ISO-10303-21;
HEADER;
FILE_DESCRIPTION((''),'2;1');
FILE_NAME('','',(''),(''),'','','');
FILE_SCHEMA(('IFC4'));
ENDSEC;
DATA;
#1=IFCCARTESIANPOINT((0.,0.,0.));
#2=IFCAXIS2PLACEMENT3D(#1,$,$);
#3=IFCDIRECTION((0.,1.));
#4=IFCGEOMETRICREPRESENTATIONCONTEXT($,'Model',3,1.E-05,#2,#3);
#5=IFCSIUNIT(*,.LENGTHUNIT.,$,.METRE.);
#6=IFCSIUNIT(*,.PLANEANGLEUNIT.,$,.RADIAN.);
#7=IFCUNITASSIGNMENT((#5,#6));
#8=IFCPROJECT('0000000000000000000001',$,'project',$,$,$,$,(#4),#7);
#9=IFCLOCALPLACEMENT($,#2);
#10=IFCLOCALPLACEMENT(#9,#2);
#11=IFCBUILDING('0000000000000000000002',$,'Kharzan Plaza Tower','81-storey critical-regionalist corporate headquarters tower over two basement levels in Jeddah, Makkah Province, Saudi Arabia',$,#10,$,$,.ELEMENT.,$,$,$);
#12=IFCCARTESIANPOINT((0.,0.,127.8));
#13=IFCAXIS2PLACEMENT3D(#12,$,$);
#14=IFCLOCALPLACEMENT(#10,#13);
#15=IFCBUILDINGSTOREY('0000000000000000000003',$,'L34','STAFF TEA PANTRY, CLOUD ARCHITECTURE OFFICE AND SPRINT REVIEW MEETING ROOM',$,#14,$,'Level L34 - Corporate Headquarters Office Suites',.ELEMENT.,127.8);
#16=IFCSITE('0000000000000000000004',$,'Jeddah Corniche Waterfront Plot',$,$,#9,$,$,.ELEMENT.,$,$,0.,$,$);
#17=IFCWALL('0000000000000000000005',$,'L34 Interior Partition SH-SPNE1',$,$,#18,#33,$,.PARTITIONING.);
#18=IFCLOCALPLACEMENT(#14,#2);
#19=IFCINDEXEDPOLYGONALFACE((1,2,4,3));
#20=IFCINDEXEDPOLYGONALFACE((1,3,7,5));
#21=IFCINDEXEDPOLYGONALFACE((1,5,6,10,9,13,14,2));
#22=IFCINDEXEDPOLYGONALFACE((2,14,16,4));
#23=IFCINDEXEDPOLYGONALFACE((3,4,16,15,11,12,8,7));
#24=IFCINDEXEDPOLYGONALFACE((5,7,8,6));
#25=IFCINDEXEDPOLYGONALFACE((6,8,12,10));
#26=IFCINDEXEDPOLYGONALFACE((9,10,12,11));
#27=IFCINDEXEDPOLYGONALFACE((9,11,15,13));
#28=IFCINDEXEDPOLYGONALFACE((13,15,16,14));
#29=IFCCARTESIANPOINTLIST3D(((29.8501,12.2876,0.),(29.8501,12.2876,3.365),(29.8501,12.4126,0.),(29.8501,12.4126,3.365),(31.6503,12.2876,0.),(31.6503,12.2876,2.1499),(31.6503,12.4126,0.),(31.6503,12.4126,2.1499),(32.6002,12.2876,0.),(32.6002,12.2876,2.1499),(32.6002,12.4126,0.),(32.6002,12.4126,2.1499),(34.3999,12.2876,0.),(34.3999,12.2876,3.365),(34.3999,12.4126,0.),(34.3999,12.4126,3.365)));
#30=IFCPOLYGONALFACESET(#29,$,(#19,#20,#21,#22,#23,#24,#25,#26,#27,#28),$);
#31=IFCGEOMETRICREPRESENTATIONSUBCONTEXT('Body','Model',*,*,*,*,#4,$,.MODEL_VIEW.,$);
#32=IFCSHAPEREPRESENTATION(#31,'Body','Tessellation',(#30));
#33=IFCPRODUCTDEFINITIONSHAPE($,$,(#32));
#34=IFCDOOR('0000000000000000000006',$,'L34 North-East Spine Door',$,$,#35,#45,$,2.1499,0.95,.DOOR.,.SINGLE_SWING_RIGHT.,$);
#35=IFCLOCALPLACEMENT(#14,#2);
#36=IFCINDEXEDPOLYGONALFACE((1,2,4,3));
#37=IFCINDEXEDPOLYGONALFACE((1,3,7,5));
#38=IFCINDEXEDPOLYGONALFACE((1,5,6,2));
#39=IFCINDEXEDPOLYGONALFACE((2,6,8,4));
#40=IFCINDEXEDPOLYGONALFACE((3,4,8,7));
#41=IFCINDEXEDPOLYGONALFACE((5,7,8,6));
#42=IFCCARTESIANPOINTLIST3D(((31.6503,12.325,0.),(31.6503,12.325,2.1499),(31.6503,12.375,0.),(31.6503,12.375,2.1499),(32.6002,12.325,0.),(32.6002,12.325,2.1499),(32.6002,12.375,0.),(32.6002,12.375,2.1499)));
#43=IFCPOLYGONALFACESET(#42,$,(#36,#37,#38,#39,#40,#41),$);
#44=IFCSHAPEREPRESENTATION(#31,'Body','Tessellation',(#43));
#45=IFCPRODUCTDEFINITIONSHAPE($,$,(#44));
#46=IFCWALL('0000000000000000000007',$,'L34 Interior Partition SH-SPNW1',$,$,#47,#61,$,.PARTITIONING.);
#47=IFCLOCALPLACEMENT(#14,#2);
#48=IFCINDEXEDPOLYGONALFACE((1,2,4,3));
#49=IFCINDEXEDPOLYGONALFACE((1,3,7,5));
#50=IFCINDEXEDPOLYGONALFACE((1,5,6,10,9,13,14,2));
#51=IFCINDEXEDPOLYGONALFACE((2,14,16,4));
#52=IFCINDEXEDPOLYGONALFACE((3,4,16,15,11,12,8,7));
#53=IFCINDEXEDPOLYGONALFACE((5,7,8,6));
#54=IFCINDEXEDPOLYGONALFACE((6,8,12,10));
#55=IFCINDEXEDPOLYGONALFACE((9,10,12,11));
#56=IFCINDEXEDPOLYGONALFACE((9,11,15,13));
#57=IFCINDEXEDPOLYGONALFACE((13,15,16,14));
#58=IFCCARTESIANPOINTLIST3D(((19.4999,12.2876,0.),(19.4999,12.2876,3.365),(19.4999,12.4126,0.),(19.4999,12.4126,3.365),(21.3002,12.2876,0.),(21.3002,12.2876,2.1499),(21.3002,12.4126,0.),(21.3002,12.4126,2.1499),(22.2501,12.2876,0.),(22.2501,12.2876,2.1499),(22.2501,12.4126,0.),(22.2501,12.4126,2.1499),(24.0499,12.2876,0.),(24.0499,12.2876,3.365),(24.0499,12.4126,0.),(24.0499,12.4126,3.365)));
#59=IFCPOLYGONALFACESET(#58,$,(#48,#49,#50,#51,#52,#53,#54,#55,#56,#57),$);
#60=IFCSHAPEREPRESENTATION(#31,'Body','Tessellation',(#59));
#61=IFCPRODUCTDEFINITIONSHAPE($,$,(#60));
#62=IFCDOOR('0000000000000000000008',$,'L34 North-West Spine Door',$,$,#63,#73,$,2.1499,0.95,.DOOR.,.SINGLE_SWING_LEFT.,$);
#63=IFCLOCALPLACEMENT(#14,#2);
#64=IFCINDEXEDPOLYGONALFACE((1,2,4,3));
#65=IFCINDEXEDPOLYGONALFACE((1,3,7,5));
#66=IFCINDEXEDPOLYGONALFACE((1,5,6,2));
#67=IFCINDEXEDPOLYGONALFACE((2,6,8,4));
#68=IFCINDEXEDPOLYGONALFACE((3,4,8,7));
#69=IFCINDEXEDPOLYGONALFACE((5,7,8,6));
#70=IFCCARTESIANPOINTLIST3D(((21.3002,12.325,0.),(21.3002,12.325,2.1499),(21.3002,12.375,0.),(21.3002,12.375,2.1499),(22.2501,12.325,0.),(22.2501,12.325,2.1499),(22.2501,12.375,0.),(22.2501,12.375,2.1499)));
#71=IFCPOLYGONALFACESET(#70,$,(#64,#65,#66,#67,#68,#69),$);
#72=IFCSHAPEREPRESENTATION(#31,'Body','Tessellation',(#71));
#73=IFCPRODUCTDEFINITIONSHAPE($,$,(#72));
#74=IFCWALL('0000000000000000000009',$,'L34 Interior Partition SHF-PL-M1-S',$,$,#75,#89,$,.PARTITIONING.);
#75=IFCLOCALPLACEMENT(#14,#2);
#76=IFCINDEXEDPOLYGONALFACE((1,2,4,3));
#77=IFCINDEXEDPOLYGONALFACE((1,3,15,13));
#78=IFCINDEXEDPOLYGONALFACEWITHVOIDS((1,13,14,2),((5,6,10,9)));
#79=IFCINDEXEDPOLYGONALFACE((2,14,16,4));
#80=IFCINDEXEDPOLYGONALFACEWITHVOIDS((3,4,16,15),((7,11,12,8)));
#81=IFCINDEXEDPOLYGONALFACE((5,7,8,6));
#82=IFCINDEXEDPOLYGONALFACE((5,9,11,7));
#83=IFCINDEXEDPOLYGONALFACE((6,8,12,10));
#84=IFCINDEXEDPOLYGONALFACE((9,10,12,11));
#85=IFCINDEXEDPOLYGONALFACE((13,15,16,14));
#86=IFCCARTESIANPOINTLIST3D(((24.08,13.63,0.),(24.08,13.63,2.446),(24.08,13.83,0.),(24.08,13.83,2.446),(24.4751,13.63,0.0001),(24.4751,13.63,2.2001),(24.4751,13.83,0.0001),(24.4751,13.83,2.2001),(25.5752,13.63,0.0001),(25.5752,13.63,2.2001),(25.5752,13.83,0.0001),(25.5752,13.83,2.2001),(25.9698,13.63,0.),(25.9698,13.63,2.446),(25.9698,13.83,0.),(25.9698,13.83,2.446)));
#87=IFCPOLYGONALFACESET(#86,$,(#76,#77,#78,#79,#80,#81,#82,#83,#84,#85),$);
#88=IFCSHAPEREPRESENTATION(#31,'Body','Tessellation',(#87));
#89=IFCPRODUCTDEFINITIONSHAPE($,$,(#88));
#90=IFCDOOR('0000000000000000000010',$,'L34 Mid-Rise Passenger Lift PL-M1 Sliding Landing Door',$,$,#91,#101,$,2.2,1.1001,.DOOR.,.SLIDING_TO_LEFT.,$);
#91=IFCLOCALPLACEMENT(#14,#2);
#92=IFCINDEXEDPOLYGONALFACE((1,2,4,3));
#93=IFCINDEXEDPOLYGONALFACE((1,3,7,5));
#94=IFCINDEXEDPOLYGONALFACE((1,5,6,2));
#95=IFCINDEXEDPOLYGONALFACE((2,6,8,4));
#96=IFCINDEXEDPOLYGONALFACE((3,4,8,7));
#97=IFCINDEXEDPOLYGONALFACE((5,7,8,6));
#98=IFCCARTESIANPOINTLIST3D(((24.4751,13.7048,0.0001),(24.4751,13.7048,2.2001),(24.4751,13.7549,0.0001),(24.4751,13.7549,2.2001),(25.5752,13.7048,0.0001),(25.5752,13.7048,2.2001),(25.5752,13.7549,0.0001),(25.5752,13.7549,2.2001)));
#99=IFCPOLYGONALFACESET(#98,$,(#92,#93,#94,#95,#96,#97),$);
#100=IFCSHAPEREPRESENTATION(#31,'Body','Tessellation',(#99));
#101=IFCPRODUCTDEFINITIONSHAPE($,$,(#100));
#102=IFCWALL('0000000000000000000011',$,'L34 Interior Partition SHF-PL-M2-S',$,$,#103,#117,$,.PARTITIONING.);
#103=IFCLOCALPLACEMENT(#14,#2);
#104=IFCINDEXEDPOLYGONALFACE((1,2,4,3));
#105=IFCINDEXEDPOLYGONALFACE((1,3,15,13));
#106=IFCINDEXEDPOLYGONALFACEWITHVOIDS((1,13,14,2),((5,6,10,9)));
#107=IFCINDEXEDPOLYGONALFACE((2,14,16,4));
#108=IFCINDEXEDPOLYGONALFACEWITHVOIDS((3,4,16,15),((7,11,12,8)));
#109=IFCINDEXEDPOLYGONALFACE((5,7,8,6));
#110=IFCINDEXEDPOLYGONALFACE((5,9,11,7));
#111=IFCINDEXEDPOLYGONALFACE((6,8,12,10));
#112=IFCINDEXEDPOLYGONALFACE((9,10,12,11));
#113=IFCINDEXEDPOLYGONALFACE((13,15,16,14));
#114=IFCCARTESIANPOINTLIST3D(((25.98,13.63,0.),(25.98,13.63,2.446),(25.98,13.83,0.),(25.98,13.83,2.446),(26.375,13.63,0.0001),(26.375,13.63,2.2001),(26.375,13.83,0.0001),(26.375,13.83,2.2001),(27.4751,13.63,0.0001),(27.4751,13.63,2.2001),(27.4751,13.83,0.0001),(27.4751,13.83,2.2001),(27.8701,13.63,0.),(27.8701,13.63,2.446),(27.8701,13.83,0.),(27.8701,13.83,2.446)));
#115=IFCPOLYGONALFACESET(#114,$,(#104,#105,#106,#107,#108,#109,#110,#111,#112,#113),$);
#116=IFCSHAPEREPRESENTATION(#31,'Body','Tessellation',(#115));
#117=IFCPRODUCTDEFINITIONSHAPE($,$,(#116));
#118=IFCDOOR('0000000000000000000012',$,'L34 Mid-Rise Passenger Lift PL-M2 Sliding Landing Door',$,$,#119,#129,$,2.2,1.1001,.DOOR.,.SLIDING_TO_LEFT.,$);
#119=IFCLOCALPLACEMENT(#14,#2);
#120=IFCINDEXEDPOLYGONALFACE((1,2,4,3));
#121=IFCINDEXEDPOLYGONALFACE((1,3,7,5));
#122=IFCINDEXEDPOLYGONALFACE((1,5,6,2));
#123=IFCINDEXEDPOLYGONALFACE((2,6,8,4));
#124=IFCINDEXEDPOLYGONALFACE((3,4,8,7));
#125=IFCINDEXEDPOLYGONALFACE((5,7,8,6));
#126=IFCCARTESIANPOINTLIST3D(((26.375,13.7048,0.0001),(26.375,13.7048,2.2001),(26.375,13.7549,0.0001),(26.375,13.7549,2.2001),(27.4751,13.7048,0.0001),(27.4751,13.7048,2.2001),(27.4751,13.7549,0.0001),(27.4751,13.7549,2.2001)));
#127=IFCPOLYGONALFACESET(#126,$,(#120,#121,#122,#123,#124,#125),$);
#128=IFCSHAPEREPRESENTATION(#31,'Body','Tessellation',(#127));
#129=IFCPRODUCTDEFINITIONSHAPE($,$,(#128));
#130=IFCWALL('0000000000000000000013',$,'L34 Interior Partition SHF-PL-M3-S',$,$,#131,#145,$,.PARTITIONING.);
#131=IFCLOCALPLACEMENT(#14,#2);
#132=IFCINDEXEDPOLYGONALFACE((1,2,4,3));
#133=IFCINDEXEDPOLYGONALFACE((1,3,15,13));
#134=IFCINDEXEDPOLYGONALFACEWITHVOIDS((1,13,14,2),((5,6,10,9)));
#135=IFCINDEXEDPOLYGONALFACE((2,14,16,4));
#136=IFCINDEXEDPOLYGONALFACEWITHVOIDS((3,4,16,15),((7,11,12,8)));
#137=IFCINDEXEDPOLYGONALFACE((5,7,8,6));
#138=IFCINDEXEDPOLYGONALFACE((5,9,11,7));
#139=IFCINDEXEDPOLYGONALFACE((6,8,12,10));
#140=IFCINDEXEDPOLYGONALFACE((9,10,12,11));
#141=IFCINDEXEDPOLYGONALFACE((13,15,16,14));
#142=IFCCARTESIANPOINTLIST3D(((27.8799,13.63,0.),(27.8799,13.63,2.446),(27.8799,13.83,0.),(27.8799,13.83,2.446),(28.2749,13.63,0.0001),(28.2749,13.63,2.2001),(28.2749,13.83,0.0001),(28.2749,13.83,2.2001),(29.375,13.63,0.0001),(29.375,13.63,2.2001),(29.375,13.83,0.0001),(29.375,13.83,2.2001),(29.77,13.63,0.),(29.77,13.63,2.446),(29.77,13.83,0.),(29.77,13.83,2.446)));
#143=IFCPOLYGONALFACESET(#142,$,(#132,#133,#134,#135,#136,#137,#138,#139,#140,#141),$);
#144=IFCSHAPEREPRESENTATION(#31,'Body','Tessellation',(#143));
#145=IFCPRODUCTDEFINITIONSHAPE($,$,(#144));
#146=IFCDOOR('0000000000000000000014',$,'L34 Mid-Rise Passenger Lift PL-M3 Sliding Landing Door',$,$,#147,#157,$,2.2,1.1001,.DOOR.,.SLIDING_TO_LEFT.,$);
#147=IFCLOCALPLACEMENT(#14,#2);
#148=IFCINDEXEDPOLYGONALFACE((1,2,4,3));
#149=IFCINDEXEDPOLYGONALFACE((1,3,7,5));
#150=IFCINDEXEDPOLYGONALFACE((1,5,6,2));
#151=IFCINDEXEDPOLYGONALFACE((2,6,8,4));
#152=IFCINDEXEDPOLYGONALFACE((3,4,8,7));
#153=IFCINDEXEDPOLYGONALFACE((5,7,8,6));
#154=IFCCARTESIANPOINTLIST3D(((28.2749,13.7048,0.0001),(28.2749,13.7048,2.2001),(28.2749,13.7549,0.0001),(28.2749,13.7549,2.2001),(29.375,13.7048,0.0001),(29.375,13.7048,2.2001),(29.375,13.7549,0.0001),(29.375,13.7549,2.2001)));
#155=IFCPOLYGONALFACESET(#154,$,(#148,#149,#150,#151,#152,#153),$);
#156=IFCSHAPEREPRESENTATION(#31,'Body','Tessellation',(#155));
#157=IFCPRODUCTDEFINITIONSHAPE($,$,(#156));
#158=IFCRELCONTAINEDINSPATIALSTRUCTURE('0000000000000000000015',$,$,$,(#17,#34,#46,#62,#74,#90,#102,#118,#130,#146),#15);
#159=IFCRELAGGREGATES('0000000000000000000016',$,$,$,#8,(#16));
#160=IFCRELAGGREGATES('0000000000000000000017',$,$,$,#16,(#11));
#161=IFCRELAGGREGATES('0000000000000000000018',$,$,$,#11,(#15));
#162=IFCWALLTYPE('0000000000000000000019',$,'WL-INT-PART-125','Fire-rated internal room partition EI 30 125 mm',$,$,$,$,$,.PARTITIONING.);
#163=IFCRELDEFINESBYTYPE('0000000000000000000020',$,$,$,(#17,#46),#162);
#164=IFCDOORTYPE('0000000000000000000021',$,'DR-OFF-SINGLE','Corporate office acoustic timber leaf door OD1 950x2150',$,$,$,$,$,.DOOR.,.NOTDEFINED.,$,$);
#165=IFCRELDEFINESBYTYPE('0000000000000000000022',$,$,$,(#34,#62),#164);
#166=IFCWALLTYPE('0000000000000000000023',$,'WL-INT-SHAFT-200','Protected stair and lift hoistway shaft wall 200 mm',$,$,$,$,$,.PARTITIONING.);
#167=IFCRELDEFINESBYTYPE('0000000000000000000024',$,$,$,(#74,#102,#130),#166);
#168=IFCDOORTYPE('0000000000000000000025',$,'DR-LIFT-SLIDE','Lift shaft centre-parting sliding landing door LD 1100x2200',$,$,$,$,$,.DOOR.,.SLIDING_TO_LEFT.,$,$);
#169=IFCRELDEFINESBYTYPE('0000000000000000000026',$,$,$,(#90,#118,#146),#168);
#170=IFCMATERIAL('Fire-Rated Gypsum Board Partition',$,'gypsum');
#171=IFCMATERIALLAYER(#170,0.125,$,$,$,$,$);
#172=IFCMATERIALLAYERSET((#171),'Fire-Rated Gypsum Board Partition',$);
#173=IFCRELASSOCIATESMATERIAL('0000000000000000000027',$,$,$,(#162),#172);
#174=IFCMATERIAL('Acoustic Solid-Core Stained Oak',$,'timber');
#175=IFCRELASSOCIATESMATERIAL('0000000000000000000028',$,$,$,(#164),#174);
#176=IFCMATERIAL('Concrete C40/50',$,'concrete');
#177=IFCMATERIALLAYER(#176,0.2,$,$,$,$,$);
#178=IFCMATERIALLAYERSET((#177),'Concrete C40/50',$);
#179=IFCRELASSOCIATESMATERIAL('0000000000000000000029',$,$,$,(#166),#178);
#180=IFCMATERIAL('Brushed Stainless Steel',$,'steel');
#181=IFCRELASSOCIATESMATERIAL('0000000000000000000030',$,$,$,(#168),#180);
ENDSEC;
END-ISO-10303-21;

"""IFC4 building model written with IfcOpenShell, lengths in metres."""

from ifc_helpers import new_model, si_unit, direction, frame, frame_2d, origin, place, context, subcontext, project, spatial, rectangle, extrude, source, transform, mapped, material, layer, layer_set, type_object, element, fill, save


model = new_model("IFC4")

# Units and contexts
model_context = context("Model", 3, precision=1e-05, world=origin(), true_north=direction((0.0, 1.0)))
body_context = subcontext(model_context, "Body", "Model", "MODEL_VIEW")
ifc_project = project(units=[si_unit("LENGTHUNIT", "METRE"), si_unit("PLANEANGLEUNIT", "RADIAN")], contexts=[model_context])

# Site, building, storey
site_placement = place(None, origin())
site = spatial("IfcSite", under=ifc_project, at=site_placement, Name="Jeddah Corniche Waterfront Plot", CompositionType="ELEMENT", RefElevation=0.0)
building_placement = place(site_placement, origin())
building = spatial("IfcBuilding", under=site, at=building_placement, Name="Kharzan Plaza Tower", Description="81-storey critical-regionalist corporate headquarters tower over two basement levels in Jeddah, Makkah Province, Saudi Arabia", CompositionType="ELEMENT")
storey_placement = place(building_placement, frame((0.0, 0.0, 127.8)))
storey = spatial("IfcBuildingStorey", under=building, at=storey_placement, Name="L34", Description="STAFF TEA PANTRY, CLOUD ARCHITECTURE OFFICE AND SPRINT REVIEW MEETING ROOM", LongName="Level L34 - Corporate Headquarters Office Suites", CompositionType="ELEMENT", Elevation=127.8)

# Walls, openings, doors
ifc_material_1 = material(Name="Fire-Rated Gypsum Board Partition", Category="gypsum")
ifc_layer_1 = layer(ifc_material_1, 0.125)
ifc_layer_set_1 = layer_set([ifc_layer_1], Name="Fire-Rated Gypsum Board Partition")
wall_type_1 = type_object("IfcWallType", Name="WL-INT-PART-125", Description="Fire-rated internal room partition EI 30 125 mm", PredefinedType="PARTITIONING", material=ifc_layer_set_1)
wall_1_placement = place(storey_placement, frame((29.8501, 12.3501, 0.0), z_axis=(0.0, 0.0, 1.0), x_axis=(1.0, 0.0, 0.0)))
wall_1 = element("IfcWall", 1, at=wall_1_placement, inside=storey, type_object=wall_type_1, Name="L34 Interior Partition SH-SPNE1", PredefinedType="PARTITIONING", context=body_context, shape_type="SweptSolid", body=[
    extrude(rectangle(XDim=4.5498, YDim=0.125, at=frame_2d((2.2749, 0.0))), origin(), (0.0, 0.0, 1.0), 3.365),
])
opening_1_placement = place(wall_1_placement, frame((1.8, 0.0, 0.0)))
opening_1 = element("IfcOpeningElement", 2, at=opening_1_placement, cuts=wall_1, PredefinedType="OPENING", context=body_context, shape_type="SweptSolid", body=[
    extrude(rectangle(XDim=0.95, YDim=2.1499, at=frame_2d((0.4751, 1.075))), frame((0.0, 0.0725, 0.0), z_axis=(0.0, -1.0, 0.0), x_axis=(1.0, 0.0, 0.0)), (0.0, 0.0, 1.0), 0.145),
])
ifc_material_2 = material(Name="Acoustic Solid-Core Stained Oak", Category="timber")
door_type_1 = type_object("IfcDoorType", Name="DR-OFF-SINGLE", Description="Corporate office acoustic timber leaf door OD1 950x2150", OperationType="NOTDEFINED", PredefinedType="DOOR", material=ifc_material_2)
shared_shape_1 = source(origin(), body_context, "Body", "SweptSolid", [
    extrude(rectangle(XDim=0.95, YDim=2.1499, at=frame_2d((0.4751, 1.075))), frame((0.0, 0.0249, 0.0), z_axis=(0.0, -1.0, 0.0), x_axis=(1.0, 0.0, 0.0)), (0.0, 0.0, 1.0), 0.05),
])
door_1_placement = place(opening_1_placement, origin())
door_1 = element("IfcDoor", 3, at=door_1_placement, inside=storey, type_object=door_type_1, Name="L34 North-East Spine Door", OperationType="SINGLE_SWING_RIGHT", OverallHeight=2.1499, OverallWidth=0.95, PredefinedType="DOOR", context=body_context, shape_type="MappedRepresentation", body=[
    mapped(shared_shape_1, transform((0.0, 0.0, 0.0), x_axis=(1.0, 0.0, 0.0), y_axis=(0.0, 1.0, 0.0), z_axis=(0.0, 0.0, 1.0))),
])
fill(opening_1, door_1)
wall_2_placement = place(storey_placement, frame((19.5, 12.3501, 0.0), z_axis=(0.0, 0.0, 1.0), x_axis=(1.0, 0.0, 0.0)))
wall_2 = element("IfcWall", 4, at=wall_2_placement, inside=storey, type_object=wall_type_1, Name="L34 Interior Partition SH-SPNW1", PredefinedType="PARTITIONING", context=body_context, shape_type="SweptSolid", body=[
    extrude(rectangle(XDim=4.55, YDim=0.125, at=frame_2d((2.2749, 0.0))), origin(), (0.0, 0.0, 1.0), 3.365),
])
opening_2_placement = place(wall_2_placement, frame((1.8, 0.0, 0.0)))
opening_2 = element("IfcOpeningElement", 5, at=opening_2_placement, cuts=wall_2, PredefinedType="OPENING", context=body_context, shape_type="SweptSolid", body=[
    extrude(rectangle(XDim=0.95, YDim=2.1499, at=frame_2d((0.4751, 1.075))), frame((0.0, 0.0725, 0.0), z_axis=(0.0, -1.0, 0.0), x_axis=(1.0, 0.0, 0.0)), (0.0, 0.0, 1.0), 0.145),
])
door_2_placement = place(opening_2_placement, origin())
door_2 = element("IfcDoor", 6, at=door_2_placement, inside=storey, type_object=door_type_1, Name="L34 North-West Spine Door", OperationType="SINGLE_SWING_LEFT", OverallHeight=2.1499, OverallWidth=0.95, PredefinedType="DOOR", context=body_context, shape_type="MappedRepresentation", body=[
    mapped(shared_shape_1, transform((0.0, 0.0, 0.0), x_axis=(1.0, 0.0, 0.0), y_axis=(0.0, 1.0, 0.0), z_axis=(0.0, 0.0, 1.0))),
])
fill(opening_2, door_2)
ifc_material_3 = material(Name="Concrete C40/50", Category="concrete")
ifc_layer_2 = layer(ifc_material_3, 0.2)
ifc_layer_set_2 = layer_set([ifc_layer_2], Name="Concrete C40/50")
wall_type_2 = type_object("IfcWallType", Name="WL-INT-SHAFT-200", Description="Protected stair and lift hoistway shaft wall 200 mm", PredefinedType="PARTITIONING", material=ifc_layer_set_2)
wall_3_placement = place(storey_placement, frame((24.0801, 13.73, 0.0), z_axis=(0.0, 0.0, 1.0), x_axis=(1.0, 0.0, 0.0)))
wall_3 = element("IfcWall", 7, at=wall_3_placement, inside=storey, type_object=wall_type_2, Name="L34 Interior Partition SHF-PL-M1-S", PredefinedType="PARTITIONING", context=body_context, shape_type="SweptSolid", body=[
    extrude(rectangle(XDim=1.8899, YDim=0.2, at=frame_2d((0.9448, 0.0))), origin(), (0.0, 0.0, 1.0), 2.446),
])
opening_3_placement = place(wall_3_placement, frame((0.395, 0.0, 0.0)))
opening_3 = element("IfcOpeningElement", 8, at=opening_3_placement, cuts=wall_3, PredefinedType="OPENING", context=body_context, shape_type="SweptSolid", body=[
    extrude(rectangle(XDim=1.1001, YDim=2.2, at=frame_2d((0.55, 1.1001))), frame((0.0, 0.1099, 0.0), z_axis=(0.0, -1.0, 0.0), x_axis=(1.0, 0.0, 0.0)), (0.0, 0.0, 1.0), 0.22),
])
ifc_material_4 = material(Name="Brushed Stainless Steel", Category="steel")
door_type_2 = type_object("IfcDoorType", Name="DR-LIFT-SLIDE", Description="Lift shaft centre-parting sliding landing door LD 1100x2200", OperationType="SLIDING_TO_LEFT", PredefinedType="DOOR", material=ifc_material_4)
shared_shape_2 = source(origin(), body_context, "Body", "SweptSolid", [
    extrude(rectangle(XDim=1.1001, YDim=2.2, at=frame_2d((0.55, 1.1001))), frame((0.0, 0.0249, 0.0), z_axis=(0.0, -1.0, 0.0), x_axis=(1.0, 0.0, 0.0)), (0.0, 0.0, 1.0), 0.05),
])
door_3_placement = place(opening_3_placement, origin())
door_3 = element("IfcDoor", 9, at=door_3_placement, inside=storey, type_object=door_type_2, Name="L34 Mid-Rise Passenger Lift PL-M1 Sliding Landing Door", OperationType="SLIDING_TO_LEFT", OverallHeight=2.2, OverallWidth=1.1001, PredefinedType="DOOR", context=body_context, shape_type="MappedRepresentation", body=[
    mapped(shared_shape_2, transform((0.0, 0.0, 0.0), x_axis=(1.0, 0.0, 0.0), y_axis=(0.0, 1.0, 0.0), z_axis=(0.0, 0.0, 1.0))),
])
fill(opening_3, door_3)
wall_4_placement = place(storey_placement, frame((25.98, 13.73, 0.0), z_axis=(0.0, 0.0, 1.0), x_axis=(1.0, 0.0, 0.0)))
wall_4 = element("IfcWall", 10, at=wall_4_placement, inside=storey, type_object=wall_type_2, Name="L34 Interior Partition SHF-PL-M2-S", PredefinedType="PARTITIONING", context=body_context, shape_type="SweptSolid", body=[
    extrude(rectangle(XDim=1.8901, YDim=0.2, at=frame_2d((0.9451, 0.0))), origin(), (0.0, 0.0, 1.0), 2.446),
])
opening_4_placement = place(wall_4_placement, frame((0.395, 0.0, 0.0)))
opening_4 = element("IfcOpeningElement", 11, at=opening_4_placement, cuts=wall_4, PredefinedType="OPENING", context=body_context, shape_type="SweptSolid", body=[
    extrude(rectangle(XDim=1.1001, YDim=2.2, at=frame_2d((0.55, 1.1001))), frame((0.0, 0.1099, 0.0), z_axis=(0.0, -1.0, 0.0), x_axis=(1.0, 0.0, 0.0)), (0.0, 0.0, 1.0), 0.22),
])
door_4_placement = place(opening_4_placement, origin())
door_4 = element("IfcDoor", 12, at=door_4_placement, inside=storey, type_object=door_type_2, Name="L34 Mid-Rise Passenger Lift PL-M2 Sliding Landing Door", OperationType="SLIDING_TO_LEFT", OverallHeight=2.2, OverallWidth=1.1001, PredefinedType="DOOR", context=body_context, shape_type="MappedRepresentation", body=[
    mapped(shared_shape_2, transform((0.0, 0.0, 0.0), x_axis=(1.0, 0.0, 0.0), y_axis=(0.0, 1.0, 0.0), z_axis=(0.0, 0.0, 1.0))),
])
fill(opening_4, door_4)
wall_5_placement = place(storey_placement, frame((27.8799, 13.73, 0.0), z_axis=(0.0, 0.0, 1.0), x_axis=(1.0, 0.0, 0.0)))
wall_5 = element("IfcWall", 13, at=wall_5_placement, inside=storey, type_object=wall_type_2, Name="L34 Interior Partition SHF-PL-M3-S", PredefinedType="PARTITIONING", context=body_context, shape_type="SweptSolid", body=[
    extrude(rectangle(XDim=1.8901, YDim=0.2, at=frame_2d((0.9451, 0.0))), origin(), (0.0, 0.0, 1.0), 2.446),
])
opening_5_placement = place(wall_5_placement, frame((0.395, 0.0, 0.0)))
opening_5 = element("IfcOpeningElement", 14, at=opening_5_placement, cuts=wall_5, PredefinedType="OPENING", context=body_context, shape_type="SweptSolid", body=[
    extrude(rectangle(XDim=1.1001, YDim=2.2, at=frame_2d((0.55, 1.1001))), frame((0.0, 0.1099, 0.0), z_axis=(0.0, -1.0, 0.0), x_axis=(1.0, 0.0, 0.0)), (0.0, 0.0, 1.0), 0.22),
])
door_5_placement = place(opening_5_placement, origin())
door_5 = element("IfcDoor", 15, at=door_5_placement, inside=storey, type_object=door_type_2, Name="L34 Mid-Rise Passenger Lift PL-M3 Sliding Landing Door", OperationType="SLIDING_TO_LEFT", OverallHeight=2.2, OverallWidth=1.1001, PredefinedType="DOOR", context=body_context, shape_type="MappedRepresentation", body=[
    mapped(shared_shape_2, transform((0.0, 0.0, 0.0), x_axis=(1.0, 0.0, 0.0), y_axis=(0.0, 1.0, 0.0), z_axis=(0.0, 0.0, 1.0))),
])
fill(opening_5, door_5)

save(model, "model.ifc")
